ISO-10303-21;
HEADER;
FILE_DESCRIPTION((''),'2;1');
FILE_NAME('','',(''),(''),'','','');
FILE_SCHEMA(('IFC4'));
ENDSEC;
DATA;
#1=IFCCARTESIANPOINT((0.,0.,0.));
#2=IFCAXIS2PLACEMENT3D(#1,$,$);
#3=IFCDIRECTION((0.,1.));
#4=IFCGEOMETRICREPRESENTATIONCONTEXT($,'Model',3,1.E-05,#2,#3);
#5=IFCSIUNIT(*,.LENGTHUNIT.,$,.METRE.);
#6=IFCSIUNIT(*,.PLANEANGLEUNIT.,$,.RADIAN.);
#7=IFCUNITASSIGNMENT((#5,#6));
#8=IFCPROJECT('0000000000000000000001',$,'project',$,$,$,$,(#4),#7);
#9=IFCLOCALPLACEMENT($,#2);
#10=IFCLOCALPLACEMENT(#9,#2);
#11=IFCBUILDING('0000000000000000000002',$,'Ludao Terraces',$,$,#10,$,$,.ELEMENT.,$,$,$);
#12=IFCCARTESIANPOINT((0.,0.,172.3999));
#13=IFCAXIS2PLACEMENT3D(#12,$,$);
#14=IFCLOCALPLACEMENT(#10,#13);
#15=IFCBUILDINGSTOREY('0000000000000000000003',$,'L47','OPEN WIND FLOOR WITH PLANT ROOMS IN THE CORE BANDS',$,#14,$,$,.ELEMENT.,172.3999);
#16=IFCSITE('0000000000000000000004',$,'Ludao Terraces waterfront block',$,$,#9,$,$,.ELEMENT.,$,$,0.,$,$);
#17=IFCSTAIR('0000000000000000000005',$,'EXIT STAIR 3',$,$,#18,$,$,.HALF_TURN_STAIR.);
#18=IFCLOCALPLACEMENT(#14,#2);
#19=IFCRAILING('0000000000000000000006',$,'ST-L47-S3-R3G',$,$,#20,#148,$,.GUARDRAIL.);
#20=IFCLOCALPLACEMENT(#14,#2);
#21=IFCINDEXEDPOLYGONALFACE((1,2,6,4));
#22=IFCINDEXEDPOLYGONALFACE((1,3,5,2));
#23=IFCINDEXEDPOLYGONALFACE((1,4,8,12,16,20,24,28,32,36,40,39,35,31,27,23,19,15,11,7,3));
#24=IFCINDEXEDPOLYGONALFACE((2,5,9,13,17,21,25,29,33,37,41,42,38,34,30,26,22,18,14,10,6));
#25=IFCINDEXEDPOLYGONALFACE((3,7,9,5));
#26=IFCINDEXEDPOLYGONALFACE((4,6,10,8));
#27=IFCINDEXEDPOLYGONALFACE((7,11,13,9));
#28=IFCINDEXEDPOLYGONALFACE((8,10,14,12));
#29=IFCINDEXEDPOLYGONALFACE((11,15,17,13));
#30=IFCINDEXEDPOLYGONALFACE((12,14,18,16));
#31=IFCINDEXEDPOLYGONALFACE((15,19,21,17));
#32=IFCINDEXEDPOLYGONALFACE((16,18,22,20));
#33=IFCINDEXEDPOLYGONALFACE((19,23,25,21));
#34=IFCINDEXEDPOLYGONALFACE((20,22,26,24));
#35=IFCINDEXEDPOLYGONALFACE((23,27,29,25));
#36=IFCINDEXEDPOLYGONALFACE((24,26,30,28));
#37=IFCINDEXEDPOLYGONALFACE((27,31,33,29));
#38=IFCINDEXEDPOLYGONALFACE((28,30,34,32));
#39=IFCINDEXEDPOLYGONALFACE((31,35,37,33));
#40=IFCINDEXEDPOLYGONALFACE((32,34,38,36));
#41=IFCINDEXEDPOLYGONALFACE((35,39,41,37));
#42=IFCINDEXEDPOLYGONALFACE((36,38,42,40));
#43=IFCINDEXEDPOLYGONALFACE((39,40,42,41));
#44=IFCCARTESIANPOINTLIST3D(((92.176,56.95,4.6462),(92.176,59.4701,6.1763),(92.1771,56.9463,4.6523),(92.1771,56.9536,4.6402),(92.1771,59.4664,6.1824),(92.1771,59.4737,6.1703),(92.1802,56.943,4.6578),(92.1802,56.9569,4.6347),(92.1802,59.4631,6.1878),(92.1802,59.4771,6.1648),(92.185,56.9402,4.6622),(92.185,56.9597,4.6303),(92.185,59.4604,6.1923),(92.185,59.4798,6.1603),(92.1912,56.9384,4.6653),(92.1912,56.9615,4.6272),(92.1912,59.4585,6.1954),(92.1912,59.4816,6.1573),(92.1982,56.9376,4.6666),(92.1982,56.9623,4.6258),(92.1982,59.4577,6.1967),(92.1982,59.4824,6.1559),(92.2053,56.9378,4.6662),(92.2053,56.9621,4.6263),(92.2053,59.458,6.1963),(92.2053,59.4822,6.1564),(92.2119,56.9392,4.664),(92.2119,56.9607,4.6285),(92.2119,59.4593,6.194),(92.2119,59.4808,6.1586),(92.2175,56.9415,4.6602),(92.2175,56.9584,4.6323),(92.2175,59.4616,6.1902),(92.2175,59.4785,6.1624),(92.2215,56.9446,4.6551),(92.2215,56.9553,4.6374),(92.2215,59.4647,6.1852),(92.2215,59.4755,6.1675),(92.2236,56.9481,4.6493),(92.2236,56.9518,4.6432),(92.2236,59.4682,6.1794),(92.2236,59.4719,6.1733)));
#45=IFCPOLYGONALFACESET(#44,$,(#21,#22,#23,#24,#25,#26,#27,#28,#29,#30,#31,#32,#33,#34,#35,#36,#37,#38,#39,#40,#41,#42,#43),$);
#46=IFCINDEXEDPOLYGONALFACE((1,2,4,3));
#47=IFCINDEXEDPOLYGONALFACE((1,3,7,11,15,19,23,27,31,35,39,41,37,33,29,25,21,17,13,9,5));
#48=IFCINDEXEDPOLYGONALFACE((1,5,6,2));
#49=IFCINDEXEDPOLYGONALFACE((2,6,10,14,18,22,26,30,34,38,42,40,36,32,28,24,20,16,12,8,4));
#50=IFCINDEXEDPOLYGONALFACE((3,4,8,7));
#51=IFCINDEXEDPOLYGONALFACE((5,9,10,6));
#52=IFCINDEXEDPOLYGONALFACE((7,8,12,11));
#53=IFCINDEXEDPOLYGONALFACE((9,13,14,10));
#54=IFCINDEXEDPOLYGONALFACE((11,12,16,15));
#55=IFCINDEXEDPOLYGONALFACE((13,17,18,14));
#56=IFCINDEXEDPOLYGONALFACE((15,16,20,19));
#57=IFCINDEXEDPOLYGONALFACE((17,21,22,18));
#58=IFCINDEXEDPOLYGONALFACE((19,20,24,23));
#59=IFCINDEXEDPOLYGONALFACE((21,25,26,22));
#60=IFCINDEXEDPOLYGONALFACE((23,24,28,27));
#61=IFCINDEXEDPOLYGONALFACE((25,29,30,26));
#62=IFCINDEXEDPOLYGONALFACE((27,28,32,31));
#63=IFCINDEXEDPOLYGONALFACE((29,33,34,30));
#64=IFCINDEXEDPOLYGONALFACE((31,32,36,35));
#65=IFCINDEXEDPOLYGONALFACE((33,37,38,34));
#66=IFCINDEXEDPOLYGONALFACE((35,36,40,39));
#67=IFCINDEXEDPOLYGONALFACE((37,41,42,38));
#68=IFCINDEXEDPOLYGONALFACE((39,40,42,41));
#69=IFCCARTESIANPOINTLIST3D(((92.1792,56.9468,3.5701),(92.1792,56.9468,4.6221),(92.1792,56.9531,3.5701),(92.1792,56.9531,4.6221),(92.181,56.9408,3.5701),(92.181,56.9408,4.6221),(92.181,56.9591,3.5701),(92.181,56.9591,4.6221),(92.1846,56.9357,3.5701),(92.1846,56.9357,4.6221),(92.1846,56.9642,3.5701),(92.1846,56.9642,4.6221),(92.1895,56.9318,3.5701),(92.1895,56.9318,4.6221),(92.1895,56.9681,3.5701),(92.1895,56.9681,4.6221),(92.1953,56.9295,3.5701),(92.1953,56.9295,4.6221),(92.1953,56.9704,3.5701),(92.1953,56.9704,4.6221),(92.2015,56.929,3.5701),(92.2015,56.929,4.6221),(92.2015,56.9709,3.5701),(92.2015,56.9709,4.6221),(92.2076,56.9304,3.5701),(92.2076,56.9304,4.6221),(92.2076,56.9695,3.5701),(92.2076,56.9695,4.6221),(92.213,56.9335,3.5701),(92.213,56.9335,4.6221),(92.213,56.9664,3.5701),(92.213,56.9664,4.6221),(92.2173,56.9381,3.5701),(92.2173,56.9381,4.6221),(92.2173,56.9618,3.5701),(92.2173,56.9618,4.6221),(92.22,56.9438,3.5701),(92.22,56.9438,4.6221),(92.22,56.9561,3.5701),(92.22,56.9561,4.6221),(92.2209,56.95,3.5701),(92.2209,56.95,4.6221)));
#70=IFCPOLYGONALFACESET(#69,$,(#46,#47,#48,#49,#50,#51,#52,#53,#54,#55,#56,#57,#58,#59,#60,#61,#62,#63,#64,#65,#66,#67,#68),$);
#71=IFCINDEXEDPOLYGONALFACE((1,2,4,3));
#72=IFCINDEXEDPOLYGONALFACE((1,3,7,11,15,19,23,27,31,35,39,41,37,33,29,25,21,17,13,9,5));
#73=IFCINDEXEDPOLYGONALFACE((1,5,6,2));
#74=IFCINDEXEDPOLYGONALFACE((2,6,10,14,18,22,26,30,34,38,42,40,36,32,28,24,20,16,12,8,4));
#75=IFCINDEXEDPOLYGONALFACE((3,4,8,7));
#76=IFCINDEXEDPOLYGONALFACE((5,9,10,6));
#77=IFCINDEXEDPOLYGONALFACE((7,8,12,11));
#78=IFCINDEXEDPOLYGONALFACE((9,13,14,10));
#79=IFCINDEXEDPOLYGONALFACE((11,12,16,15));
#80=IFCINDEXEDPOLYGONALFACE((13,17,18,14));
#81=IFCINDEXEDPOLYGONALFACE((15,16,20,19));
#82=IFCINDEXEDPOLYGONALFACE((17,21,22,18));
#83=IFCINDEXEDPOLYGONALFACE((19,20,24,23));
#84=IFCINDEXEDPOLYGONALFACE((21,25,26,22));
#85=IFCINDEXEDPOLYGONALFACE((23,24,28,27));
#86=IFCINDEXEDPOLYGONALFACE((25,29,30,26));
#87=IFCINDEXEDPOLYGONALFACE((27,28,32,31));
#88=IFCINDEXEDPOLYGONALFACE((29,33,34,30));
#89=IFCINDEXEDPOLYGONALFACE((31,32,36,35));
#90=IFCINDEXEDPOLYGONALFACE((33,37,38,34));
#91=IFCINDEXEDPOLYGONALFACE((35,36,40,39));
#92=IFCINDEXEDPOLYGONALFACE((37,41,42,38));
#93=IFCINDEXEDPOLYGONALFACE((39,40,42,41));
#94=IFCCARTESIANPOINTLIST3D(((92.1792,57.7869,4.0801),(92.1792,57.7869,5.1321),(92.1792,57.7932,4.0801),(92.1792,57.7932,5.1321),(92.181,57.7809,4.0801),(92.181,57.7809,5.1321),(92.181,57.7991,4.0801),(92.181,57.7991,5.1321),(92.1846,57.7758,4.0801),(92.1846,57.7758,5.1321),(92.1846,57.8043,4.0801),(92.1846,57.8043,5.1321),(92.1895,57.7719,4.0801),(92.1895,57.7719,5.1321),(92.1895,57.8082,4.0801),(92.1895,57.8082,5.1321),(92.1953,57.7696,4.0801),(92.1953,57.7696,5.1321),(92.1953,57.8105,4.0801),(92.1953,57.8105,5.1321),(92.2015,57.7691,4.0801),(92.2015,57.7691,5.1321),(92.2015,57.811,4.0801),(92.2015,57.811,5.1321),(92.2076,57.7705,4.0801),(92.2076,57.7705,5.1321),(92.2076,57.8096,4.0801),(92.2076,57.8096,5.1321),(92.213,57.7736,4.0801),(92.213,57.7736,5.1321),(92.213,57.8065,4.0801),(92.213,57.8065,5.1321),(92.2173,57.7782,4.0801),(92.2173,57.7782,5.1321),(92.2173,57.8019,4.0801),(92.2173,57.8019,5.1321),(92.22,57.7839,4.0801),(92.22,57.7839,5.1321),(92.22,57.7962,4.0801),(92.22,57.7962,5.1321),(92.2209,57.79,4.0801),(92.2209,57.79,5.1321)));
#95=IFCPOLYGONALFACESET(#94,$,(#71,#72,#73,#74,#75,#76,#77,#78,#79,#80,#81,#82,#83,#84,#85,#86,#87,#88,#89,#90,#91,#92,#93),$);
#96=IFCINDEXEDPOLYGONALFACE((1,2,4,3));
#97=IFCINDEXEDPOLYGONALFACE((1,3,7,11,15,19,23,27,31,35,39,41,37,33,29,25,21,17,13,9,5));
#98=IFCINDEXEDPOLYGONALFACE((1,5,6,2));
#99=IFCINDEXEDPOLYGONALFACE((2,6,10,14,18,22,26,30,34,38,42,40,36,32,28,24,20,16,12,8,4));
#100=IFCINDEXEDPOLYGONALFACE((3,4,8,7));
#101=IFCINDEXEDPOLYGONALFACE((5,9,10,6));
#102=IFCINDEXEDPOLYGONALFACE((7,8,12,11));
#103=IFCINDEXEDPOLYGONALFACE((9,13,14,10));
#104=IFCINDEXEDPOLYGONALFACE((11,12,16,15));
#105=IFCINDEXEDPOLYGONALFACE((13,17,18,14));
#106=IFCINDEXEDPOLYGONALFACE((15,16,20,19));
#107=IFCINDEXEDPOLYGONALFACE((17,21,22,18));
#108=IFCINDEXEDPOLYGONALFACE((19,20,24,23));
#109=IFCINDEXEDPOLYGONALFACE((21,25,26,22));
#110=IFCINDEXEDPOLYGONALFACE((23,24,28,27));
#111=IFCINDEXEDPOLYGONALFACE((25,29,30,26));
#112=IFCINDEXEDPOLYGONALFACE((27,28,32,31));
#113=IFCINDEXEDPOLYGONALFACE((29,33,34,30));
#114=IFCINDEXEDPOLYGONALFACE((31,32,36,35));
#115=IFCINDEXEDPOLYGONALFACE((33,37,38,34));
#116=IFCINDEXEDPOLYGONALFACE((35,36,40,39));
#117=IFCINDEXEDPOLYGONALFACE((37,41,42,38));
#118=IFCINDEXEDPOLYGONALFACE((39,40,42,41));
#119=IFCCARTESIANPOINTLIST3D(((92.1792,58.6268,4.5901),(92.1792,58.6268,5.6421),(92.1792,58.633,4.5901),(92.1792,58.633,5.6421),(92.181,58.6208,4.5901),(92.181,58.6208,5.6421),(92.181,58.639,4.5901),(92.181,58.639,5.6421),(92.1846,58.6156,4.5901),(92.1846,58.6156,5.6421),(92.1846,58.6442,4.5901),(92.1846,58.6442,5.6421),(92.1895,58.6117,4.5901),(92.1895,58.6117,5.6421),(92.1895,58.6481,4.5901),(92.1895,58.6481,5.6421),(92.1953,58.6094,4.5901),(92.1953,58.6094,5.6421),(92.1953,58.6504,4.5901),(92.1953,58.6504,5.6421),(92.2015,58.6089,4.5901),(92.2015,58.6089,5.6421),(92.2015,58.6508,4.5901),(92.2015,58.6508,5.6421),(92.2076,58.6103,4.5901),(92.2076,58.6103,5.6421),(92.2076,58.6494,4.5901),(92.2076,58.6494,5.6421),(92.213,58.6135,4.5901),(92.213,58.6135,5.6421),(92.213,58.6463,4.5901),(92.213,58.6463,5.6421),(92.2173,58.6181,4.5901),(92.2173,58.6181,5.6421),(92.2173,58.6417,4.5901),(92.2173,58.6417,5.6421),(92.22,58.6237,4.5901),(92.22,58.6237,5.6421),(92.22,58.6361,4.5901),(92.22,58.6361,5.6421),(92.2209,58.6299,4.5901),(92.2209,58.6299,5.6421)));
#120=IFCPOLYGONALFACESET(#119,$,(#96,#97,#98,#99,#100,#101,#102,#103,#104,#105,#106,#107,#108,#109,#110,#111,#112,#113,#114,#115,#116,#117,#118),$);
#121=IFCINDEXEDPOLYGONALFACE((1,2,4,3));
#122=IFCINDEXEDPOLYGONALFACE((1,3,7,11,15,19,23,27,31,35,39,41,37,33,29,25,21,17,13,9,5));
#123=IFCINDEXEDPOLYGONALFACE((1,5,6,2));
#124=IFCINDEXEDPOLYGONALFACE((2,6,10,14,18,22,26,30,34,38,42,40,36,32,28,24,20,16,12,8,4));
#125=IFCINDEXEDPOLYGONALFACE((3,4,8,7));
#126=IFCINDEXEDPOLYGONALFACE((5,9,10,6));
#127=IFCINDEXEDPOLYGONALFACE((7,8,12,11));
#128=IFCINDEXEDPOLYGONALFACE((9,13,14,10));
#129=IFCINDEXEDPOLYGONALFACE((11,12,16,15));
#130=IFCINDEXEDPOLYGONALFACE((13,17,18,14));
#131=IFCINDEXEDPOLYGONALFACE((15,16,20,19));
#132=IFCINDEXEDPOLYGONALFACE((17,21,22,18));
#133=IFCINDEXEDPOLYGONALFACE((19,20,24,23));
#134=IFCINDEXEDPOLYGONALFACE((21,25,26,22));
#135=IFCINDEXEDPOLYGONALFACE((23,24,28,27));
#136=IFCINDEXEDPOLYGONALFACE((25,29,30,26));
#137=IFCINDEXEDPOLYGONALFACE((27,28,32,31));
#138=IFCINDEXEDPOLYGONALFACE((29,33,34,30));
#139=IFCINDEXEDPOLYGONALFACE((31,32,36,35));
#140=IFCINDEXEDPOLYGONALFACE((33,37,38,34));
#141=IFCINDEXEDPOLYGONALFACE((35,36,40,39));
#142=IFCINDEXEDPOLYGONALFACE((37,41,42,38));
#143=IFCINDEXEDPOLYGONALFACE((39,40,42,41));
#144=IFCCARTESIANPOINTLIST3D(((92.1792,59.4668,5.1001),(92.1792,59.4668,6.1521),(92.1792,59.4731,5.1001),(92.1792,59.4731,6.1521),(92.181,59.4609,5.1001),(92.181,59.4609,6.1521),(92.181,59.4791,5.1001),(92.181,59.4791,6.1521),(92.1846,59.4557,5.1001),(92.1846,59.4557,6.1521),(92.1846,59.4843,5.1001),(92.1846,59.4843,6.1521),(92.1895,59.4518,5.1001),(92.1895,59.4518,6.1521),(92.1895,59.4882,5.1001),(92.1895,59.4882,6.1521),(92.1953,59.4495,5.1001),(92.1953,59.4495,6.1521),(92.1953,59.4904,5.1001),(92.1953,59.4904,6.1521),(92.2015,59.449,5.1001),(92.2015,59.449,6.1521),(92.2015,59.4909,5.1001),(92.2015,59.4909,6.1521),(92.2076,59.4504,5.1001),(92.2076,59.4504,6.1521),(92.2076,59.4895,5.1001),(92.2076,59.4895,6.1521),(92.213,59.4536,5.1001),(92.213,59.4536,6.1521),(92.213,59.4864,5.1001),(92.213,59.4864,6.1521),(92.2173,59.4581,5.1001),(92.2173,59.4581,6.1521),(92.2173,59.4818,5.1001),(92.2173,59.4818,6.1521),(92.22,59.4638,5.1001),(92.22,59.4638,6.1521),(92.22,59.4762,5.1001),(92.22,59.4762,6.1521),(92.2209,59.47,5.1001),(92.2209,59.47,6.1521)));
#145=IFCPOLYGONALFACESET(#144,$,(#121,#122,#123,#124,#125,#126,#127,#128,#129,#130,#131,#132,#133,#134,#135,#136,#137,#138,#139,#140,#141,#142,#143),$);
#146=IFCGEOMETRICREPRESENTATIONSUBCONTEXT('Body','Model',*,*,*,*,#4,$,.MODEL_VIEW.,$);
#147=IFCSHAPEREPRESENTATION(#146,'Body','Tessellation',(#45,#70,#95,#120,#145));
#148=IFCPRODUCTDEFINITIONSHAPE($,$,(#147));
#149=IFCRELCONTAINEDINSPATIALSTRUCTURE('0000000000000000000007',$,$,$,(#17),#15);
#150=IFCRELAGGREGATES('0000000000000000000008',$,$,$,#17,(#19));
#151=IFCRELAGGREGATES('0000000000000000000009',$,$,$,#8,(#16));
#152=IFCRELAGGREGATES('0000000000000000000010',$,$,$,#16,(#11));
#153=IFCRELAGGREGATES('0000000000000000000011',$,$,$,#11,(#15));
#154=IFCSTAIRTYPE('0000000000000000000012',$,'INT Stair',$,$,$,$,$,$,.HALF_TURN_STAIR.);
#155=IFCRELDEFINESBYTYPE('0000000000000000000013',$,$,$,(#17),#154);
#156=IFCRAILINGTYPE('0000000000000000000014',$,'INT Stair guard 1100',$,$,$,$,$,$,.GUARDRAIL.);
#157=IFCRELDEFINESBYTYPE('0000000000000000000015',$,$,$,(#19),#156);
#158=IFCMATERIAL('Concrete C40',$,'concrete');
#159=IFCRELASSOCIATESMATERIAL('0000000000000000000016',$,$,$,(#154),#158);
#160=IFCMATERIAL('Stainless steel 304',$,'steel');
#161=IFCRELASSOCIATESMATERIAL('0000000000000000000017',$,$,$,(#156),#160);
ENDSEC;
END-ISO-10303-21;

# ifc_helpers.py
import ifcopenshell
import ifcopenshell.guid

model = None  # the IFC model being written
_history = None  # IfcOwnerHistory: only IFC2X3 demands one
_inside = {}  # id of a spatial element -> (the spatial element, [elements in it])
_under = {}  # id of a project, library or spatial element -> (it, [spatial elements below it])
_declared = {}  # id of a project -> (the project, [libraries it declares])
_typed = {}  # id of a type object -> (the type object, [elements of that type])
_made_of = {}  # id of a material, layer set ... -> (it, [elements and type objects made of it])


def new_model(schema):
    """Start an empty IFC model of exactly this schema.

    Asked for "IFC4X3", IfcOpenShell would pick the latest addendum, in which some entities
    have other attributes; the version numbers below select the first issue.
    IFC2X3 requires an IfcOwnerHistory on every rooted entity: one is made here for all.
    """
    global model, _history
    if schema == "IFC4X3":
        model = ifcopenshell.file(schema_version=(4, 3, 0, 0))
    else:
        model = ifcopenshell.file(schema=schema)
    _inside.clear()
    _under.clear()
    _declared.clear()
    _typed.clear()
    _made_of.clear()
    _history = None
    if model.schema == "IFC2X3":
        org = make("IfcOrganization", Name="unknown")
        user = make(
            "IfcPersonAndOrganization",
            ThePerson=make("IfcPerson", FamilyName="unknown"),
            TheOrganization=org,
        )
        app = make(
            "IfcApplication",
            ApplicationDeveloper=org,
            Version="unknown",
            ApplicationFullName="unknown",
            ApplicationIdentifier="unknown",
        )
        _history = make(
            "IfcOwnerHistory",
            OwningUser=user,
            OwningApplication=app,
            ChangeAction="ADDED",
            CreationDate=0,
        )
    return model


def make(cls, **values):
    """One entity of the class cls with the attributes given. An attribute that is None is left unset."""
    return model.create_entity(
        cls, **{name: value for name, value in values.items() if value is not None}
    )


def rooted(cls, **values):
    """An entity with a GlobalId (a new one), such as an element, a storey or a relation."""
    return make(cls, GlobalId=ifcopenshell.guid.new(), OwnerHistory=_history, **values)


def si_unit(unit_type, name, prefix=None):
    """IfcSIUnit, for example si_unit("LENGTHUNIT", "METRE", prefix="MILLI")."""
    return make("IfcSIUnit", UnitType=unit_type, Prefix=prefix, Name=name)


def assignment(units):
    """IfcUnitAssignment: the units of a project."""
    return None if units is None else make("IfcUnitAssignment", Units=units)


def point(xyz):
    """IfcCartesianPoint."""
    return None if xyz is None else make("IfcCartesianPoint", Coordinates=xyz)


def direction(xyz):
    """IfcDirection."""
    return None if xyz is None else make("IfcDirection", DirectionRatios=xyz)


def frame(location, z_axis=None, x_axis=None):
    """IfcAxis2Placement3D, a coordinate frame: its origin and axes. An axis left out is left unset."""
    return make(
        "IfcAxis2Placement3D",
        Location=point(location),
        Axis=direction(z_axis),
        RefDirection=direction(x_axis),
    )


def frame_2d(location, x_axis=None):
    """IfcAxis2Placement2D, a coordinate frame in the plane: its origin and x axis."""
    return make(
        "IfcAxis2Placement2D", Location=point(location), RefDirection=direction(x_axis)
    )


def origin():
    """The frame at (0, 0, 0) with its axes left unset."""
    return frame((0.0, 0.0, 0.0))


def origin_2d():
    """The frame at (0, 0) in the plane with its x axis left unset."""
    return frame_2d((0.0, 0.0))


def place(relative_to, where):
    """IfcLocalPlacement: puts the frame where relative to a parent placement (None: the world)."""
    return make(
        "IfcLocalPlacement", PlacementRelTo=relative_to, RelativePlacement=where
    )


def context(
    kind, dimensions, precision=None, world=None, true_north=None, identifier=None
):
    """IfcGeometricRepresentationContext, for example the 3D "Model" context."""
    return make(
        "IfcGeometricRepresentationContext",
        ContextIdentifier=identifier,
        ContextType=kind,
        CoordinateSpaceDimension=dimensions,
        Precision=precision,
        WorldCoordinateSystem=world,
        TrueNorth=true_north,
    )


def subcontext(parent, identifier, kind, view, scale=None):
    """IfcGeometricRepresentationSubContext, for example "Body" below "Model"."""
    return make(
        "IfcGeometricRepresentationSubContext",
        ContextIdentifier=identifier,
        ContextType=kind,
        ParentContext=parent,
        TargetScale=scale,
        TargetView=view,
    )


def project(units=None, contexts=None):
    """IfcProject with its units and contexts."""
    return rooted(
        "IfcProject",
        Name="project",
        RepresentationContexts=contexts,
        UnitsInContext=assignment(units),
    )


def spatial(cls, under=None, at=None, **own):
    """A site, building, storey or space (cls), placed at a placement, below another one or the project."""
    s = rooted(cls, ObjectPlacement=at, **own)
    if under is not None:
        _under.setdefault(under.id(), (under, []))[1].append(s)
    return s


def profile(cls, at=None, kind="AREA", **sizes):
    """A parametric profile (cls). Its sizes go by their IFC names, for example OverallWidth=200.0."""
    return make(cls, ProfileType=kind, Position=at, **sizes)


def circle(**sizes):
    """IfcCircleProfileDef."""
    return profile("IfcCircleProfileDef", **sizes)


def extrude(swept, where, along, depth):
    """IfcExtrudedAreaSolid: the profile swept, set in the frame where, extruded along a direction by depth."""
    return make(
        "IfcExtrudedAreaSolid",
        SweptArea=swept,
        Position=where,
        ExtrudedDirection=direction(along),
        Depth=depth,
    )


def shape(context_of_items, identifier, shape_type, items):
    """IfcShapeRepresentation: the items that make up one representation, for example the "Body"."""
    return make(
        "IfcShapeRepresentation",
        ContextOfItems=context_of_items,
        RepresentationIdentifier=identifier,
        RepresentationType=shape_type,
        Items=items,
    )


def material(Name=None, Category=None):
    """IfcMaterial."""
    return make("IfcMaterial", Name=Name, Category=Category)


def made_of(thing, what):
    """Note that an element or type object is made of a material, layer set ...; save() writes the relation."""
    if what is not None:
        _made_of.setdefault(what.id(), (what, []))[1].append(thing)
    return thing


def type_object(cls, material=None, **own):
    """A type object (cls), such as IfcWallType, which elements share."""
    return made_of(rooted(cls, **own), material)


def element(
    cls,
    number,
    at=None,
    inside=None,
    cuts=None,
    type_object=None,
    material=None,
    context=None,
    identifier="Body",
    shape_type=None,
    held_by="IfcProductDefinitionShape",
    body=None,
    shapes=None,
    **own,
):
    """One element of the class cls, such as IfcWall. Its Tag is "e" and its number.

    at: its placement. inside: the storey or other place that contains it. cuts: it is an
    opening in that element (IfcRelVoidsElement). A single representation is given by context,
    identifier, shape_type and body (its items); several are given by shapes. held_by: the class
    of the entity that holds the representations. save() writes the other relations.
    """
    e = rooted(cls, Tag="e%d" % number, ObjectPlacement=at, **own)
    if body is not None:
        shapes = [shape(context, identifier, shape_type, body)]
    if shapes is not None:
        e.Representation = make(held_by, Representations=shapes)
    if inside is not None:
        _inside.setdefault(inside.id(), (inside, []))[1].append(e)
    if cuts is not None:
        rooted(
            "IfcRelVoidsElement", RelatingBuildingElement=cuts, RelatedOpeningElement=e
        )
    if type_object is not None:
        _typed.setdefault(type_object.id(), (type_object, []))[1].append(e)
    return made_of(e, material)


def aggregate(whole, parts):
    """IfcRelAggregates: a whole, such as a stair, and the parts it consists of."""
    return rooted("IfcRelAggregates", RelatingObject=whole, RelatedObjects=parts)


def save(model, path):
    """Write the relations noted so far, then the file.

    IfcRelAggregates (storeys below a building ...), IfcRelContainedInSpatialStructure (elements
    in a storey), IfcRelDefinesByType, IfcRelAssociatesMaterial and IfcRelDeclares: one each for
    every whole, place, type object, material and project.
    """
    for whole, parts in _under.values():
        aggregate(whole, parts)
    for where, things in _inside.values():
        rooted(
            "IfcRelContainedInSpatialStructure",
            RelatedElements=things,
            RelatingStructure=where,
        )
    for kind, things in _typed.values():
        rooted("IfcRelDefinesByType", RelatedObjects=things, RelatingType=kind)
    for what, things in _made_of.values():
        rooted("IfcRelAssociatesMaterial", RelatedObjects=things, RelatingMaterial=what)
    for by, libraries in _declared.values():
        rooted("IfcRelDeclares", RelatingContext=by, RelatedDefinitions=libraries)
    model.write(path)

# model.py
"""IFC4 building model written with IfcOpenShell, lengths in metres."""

from ifc_helpers import new_model, si_unit, direction, frame, origin, origin_2d, place, context, subcontext, project, spatial, circle, extrude, material, type_object, element, aggregate, save


model = new_model("IFC4")

# Units and contexts
model_context = context("Model", 3, precision=1e-05, world=origin(), true_north=direction((0.0, 1.0)))
body_context = subcontext(model_context, "Body", "Model", "MODEL_VIEW")
ifc_project = project(units=[si_unit("LENGTHUNIT", "METRE"), si_unit("PLANEANGLEUNIT", "RADIAN")], contexts=[model_context])

# Site, building, storey
site_placement = place(None, origin())
site = spatial("IfcSite", under=ifc_project, at=site_placement, Name="Ludao Terraces waterfront block", CompositionType="ELEMENT", RefElevation=0.0)
building_placement = place(site_placement, origin())
building = spatial("IfcBuilding", under=site, at=building_placement, Name="Ludao Terraces", CompositionType="ELEMENT")
storey_placement = place(building_placement, frame((0.0, 0.0, 172.3999)))
storey = spatial("IfcBuildingStorey", under=building, at=storey_placement, Name="L47", Description="OPEN WIND FLOOR WITH PLANT ROOMS IN THE CORE BANDS", CompositionType="ELEMENT", Elevation=172.3999)

# Stair, railing
ifc_material_1 = material(Name="Concrete C40", Category="concrete")
stair_type = type_object("IfcStairType", Name="INT Stair", PredefinedType="HALF_TURN_STAIR", material=ifc_material_1)
stair_placement = place(storey_placement, origin())
stair = element("IfcStair", 1, at=stair_placement, inside=storey, type_object=stair_type, Name="EXIT STAIR 3", PredefinedType="HALF_TURN_STAIR")
ifc_material_2 = material(Name="Stainless steel 304", Category="steel")
railing_type_1 = type_object("IfcRailingType", Name="INT Stair guard 1100", PredefinedType="GUARDRAIL", material=ifc_material_2)
railing_1_placement = place(storey_placement, frame((92.2, 56.95, 3.5701)))
railing_1 = element("IfcRailing", 2, at=railing_1_placement, type_object=railing_type_1, Name="ST-L47-S3-R3G", PredefinedType="GUARDRAIL", context=body_context, shape_type="SweptSolid", body=[
    extrude(circle(Radius=0.0239, at=origin_2d()), frame((0.0, 0.0, 1.0762), z_axis=(0.0, 0.854785, 0.518982), x_axis=(-1.0, 0.0, 0.0)), (0.0, 0.0, 1.0), 2.9482),
    extrude(circle(Radius=0.021, at=origin_2d()), origin(), (0.0, 0.0, 1.0), 1.052),
    extrude(circle(Radius=0.021, at=origin_2d()), frame((0.0, 0.8401, 0.51)), (0.0, 0.0, 1.0), 1.052),
    extrude(circle(Radius=0.021, at=origin_2d()), frame((0.0, 1.6799, 1.02)), (0.0, 0.0, 1.0), 1.052),
    extrude(circle(Radius=0.021, at=origin_2d()), frame((0.0, 2.52, 1.53)), (0.0, 0.0, 1.0), 1.052),
])
aggregate(stair, [railing_1])

save(model, "model.ifc")
